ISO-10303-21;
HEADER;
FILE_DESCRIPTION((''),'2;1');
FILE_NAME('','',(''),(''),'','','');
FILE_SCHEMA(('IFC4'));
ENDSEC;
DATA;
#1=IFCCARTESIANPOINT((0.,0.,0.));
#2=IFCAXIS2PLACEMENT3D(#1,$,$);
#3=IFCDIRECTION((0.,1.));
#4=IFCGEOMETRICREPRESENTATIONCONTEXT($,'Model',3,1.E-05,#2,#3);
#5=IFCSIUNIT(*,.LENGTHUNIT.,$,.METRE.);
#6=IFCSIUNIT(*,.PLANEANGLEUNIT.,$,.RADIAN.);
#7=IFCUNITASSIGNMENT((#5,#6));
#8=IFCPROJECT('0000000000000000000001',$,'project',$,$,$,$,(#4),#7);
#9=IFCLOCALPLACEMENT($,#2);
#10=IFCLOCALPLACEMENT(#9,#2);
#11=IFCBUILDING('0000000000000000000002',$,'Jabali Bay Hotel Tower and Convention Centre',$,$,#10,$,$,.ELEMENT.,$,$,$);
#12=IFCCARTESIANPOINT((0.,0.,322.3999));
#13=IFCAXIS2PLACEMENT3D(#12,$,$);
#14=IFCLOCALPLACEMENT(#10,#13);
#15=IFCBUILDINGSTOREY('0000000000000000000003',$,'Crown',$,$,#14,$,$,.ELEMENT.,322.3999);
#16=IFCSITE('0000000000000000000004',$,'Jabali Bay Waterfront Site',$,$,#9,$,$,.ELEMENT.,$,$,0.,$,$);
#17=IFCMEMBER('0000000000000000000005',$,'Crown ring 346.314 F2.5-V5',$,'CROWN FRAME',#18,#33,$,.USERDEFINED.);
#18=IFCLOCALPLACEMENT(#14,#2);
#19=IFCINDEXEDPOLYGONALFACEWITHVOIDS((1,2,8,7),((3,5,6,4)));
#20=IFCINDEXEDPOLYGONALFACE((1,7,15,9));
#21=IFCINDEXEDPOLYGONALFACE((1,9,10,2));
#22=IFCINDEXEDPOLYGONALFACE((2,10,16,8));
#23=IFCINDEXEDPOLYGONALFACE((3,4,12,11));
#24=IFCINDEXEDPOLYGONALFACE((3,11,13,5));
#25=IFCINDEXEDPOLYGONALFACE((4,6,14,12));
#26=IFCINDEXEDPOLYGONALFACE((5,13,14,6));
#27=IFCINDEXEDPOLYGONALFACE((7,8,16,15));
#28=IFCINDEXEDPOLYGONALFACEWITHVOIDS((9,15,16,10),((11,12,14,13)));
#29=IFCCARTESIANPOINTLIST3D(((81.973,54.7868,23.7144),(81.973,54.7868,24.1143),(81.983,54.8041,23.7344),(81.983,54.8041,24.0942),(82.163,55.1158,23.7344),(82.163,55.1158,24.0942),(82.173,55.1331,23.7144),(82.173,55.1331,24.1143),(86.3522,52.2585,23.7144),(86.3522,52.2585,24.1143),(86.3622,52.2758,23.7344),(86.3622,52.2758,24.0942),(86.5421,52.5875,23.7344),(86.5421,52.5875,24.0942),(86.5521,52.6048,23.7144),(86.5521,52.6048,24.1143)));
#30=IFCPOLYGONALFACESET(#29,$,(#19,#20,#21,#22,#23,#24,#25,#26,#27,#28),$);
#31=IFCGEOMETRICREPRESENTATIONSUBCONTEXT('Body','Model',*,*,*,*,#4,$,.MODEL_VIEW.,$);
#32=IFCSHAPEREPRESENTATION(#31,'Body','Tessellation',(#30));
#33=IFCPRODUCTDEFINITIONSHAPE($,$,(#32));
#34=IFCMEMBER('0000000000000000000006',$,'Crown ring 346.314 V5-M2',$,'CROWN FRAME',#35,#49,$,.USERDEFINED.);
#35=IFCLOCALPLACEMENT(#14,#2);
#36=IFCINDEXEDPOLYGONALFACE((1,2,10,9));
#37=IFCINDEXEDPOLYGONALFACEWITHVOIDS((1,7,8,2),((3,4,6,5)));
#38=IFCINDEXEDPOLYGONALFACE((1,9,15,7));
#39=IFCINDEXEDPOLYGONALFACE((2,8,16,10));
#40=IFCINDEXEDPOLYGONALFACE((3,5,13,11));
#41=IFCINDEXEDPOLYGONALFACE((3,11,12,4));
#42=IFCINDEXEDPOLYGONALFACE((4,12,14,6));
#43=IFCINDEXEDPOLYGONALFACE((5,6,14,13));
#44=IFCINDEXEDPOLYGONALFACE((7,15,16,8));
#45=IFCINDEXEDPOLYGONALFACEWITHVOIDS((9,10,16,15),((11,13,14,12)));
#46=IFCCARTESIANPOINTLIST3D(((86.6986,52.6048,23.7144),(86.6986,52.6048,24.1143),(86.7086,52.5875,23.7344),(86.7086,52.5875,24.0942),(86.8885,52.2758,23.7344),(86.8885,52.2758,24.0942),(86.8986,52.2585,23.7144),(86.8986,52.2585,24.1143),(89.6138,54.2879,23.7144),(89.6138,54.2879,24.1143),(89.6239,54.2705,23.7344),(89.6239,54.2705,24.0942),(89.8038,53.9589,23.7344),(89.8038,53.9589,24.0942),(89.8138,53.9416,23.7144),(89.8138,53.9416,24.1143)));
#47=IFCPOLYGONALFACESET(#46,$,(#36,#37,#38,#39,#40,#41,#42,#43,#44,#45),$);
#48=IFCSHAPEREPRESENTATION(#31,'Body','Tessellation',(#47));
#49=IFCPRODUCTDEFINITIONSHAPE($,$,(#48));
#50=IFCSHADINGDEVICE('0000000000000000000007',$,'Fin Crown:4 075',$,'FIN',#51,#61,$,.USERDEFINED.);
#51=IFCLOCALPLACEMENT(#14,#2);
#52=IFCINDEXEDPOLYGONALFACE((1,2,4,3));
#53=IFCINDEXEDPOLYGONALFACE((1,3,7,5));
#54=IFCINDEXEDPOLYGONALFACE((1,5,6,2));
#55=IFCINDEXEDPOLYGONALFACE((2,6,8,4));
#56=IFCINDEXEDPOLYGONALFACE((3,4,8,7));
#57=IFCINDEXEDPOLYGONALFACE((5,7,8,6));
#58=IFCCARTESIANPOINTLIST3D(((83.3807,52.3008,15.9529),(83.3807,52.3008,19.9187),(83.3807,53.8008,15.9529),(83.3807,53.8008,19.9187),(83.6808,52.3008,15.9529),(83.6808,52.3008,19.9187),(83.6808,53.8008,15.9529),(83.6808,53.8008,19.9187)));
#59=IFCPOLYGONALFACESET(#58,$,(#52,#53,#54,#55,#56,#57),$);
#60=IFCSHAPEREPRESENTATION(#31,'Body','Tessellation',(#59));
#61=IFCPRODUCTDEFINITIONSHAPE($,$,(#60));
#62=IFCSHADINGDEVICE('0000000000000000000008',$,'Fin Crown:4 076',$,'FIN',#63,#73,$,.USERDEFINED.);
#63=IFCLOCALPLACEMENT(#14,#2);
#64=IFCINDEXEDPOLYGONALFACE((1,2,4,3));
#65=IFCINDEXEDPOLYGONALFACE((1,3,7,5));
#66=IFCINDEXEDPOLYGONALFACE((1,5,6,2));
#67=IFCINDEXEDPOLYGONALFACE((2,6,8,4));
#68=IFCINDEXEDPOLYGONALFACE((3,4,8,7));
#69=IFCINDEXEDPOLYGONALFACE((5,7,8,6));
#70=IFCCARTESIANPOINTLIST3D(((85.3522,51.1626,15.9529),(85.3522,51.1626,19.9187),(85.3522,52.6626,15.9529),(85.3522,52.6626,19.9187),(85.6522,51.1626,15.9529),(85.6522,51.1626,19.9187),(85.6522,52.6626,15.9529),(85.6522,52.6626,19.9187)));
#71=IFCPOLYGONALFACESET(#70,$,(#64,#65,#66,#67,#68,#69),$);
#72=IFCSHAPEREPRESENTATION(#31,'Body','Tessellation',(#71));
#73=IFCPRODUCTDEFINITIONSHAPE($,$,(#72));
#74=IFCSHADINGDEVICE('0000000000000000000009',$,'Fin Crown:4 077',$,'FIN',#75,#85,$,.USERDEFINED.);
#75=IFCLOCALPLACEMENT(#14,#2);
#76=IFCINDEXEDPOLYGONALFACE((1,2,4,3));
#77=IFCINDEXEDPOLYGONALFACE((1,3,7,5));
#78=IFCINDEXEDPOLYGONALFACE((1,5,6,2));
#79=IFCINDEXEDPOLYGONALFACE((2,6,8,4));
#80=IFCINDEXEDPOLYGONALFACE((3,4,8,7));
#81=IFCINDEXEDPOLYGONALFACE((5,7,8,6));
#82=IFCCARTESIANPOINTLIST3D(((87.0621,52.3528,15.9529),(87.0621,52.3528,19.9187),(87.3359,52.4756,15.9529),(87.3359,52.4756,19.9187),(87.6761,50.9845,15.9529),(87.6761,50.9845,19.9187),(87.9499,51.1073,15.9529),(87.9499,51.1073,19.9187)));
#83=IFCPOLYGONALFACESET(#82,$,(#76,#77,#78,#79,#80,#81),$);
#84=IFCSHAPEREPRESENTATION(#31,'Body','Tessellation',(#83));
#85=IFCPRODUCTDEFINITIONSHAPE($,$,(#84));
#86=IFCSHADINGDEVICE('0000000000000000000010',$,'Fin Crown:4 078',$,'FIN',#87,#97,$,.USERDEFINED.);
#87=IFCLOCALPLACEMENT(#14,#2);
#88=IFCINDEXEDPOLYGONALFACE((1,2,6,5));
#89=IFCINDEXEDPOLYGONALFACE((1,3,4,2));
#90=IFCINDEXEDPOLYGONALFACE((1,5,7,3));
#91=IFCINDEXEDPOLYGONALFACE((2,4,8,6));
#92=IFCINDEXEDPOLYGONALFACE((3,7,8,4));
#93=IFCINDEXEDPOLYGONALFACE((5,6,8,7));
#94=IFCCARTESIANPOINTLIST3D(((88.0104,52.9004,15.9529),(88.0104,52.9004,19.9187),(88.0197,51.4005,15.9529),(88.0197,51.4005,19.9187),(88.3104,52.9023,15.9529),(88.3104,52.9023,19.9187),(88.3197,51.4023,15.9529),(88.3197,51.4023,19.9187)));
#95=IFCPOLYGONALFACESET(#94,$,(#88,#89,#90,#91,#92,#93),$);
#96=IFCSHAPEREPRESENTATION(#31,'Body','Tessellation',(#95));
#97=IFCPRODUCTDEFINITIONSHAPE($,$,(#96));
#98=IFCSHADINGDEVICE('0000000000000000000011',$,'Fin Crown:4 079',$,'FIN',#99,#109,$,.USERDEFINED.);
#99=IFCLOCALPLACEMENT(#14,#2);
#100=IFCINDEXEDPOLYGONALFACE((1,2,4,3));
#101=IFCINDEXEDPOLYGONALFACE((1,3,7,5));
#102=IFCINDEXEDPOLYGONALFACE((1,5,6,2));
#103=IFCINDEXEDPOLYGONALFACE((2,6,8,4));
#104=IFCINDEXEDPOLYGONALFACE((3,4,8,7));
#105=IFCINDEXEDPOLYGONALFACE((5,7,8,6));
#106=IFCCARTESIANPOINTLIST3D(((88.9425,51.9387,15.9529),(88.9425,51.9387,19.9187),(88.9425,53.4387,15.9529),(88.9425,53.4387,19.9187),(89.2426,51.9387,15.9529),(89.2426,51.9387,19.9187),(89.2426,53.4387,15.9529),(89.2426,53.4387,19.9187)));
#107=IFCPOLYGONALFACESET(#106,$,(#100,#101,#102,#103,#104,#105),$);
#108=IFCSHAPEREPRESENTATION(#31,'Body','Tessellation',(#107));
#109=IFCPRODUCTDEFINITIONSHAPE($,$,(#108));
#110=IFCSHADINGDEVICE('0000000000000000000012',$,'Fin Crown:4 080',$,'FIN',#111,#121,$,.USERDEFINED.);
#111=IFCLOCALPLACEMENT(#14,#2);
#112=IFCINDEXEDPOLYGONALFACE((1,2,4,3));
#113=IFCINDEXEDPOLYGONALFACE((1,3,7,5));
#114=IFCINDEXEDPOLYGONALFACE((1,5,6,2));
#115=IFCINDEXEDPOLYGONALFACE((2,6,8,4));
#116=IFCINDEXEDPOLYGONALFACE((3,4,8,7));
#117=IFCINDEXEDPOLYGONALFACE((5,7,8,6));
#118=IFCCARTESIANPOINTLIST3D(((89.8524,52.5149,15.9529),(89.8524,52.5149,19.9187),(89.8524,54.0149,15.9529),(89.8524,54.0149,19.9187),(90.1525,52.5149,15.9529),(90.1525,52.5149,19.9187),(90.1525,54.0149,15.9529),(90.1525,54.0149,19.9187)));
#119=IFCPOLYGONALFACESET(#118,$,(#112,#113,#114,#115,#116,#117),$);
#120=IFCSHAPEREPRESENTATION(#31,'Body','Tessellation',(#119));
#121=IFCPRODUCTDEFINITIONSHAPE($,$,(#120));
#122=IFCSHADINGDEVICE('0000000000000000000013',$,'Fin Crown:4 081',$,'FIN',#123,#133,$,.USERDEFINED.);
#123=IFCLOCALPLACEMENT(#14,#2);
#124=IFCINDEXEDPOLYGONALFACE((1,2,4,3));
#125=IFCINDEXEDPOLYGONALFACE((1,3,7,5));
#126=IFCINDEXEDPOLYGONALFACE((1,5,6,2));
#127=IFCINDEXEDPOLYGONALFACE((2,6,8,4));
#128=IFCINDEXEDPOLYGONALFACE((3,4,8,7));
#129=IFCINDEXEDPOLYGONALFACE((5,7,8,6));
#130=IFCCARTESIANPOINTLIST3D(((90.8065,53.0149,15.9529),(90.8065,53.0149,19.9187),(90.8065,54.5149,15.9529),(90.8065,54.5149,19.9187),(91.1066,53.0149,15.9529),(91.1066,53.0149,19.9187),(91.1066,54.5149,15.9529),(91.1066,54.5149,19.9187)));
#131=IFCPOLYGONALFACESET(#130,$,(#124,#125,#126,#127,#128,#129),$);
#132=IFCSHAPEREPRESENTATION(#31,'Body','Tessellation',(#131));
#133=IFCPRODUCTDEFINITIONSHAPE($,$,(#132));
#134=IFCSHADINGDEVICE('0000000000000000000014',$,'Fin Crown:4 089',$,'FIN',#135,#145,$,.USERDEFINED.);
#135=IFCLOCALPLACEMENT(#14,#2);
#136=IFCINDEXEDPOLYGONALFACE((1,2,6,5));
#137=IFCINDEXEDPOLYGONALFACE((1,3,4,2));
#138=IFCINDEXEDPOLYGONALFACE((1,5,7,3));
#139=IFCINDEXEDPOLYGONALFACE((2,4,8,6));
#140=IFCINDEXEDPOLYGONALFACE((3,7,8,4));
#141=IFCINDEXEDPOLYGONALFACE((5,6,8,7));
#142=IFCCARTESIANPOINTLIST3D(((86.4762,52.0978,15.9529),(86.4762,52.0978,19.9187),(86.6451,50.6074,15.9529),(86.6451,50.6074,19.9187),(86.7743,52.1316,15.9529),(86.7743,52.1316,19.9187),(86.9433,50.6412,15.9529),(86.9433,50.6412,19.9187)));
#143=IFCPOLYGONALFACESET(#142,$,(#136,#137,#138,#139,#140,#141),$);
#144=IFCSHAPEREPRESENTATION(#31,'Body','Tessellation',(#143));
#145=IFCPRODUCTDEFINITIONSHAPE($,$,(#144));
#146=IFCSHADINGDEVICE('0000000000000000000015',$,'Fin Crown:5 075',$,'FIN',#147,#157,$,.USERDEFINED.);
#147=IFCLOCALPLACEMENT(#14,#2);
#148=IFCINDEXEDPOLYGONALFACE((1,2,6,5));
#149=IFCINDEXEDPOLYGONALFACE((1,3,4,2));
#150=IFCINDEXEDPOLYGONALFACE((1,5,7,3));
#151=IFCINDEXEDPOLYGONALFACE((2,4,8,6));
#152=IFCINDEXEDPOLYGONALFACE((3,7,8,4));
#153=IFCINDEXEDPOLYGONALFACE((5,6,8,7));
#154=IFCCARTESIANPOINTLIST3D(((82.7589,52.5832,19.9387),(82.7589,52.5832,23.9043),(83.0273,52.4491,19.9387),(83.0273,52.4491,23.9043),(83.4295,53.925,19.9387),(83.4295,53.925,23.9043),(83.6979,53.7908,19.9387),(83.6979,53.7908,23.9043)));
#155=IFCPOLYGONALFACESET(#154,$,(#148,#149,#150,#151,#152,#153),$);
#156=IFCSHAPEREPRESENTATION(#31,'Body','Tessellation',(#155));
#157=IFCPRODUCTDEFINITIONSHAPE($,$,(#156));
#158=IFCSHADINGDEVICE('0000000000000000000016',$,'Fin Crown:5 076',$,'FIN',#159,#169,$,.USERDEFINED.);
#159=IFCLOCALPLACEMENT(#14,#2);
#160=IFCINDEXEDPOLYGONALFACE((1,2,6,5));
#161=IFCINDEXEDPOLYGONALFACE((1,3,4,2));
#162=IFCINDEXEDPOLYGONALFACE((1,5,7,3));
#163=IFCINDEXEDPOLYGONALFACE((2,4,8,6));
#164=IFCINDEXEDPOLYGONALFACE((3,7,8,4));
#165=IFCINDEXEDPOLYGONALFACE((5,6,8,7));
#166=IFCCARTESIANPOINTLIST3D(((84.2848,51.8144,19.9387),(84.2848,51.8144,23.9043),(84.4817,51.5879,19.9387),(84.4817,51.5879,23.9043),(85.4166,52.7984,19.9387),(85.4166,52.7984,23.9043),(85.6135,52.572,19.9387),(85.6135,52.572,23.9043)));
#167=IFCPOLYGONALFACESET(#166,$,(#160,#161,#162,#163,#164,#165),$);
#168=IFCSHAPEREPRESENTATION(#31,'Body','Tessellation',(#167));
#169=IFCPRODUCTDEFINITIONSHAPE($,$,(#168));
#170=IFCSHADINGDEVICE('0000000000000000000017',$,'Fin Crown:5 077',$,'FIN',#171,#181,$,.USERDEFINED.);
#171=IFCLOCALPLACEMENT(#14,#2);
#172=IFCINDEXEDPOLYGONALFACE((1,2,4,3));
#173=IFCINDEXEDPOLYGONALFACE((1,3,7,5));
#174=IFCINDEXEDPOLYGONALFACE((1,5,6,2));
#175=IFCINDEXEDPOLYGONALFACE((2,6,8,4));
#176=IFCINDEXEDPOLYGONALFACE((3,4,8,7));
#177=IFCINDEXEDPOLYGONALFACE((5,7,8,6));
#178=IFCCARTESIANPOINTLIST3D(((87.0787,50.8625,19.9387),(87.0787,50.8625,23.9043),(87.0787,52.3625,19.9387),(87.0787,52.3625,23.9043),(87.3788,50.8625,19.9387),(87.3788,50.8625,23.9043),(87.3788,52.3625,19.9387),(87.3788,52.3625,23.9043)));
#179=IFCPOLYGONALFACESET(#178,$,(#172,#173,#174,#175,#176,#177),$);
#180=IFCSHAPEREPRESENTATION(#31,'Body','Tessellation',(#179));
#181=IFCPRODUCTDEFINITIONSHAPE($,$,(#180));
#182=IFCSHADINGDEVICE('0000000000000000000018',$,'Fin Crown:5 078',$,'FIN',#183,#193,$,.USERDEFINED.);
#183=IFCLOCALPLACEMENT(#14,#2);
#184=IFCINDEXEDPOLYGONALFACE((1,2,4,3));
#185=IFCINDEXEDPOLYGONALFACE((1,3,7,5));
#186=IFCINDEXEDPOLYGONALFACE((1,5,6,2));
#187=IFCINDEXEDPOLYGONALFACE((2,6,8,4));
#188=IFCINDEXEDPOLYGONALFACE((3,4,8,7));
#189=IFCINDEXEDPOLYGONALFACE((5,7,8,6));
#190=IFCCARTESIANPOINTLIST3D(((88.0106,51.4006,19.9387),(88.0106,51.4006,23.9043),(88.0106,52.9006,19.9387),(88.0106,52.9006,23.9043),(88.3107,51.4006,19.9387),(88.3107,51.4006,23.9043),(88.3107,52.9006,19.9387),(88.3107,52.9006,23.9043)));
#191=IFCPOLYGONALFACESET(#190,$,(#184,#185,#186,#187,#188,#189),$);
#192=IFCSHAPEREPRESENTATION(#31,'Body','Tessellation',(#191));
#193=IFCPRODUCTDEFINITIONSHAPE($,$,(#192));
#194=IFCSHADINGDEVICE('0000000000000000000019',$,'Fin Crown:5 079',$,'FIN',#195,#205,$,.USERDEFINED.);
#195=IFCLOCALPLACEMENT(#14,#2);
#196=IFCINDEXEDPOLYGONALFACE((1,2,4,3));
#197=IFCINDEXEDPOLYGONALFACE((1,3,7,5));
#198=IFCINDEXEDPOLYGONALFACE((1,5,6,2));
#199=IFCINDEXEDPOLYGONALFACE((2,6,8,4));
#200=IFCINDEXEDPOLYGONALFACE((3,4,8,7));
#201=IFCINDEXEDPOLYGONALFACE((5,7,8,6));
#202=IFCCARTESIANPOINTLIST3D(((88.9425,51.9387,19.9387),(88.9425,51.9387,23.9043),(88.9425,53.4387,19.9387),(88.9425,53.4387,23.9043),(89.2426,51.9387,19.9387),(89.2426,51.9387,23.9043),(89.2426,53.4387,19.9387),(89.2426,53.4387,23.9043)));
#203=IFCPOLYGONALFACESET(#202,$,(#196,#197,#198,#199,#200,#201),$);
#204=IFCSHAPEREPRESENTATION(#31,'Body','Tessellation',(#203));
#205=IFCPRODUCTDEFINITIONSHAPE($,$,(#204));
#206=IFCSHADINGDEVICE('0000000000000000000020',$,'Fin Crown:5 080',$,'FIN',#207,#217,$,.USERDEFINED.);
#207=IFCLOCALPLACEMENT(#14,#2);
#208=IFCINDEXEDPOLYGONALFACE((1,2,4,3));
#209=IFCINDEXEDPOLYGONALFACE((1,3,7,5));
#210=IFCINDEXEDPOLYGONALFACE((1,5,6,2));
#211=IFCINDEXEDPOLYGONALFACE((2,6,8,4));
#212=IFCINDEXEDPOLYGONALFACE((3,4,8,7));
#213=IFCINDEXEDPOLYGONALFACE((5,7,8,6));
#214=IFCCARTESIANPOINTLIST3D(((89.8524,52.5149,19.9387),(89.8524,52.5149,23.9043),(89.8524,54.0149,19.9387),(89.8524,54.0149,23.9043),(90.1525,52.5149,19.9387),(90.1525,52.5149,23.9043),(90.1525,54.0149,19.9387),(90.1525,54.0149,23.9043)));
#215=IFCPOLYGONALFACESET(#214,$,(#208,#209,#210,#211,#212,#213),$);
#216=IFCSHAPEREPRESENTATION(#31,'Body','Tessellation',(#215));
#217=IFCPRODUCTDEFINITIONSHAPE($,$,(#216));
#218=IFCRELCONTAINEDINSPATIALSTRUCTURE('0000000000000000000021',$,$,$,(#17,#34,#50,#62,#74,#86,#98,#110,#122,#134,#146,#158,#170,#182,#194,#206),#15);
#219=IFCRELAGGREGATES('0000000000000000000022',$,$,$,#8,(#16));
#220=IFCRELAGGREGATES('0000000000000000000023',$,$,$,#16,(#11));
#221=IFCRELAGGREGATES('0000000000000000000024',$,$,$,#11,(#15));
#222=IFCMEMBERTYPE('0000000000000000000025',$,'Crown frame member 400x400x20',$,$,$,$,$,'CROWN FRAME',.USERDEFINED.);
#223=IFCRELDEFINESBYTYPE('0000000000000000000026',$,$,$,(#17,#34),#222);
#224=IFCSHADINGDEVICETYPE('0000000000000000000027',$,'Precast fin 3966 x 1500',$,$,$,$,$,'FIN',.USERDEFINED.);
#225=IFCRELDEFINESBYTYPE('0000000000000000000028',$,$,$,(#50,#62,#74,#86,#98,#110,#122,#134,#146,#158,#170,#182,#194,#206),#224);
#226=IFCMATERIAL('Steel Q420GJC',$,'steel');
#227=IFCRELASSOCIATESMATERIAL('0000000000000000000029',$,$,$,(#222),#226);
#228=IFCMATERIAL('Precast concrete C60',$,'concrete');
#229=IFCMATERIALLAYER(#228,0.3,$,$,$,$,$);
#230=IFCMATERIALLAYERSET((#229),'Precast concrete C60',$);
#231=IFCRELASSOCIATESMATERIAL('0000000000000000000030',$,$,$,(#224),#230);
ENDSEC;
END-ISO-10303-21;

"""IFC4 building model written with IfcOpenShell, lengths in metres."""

from ifc_helpers import new_model, si_unit, direction, frame, frame_2d, origin, origin_2d, place, context, subcontext, project, spatial, rectangle, hollow_rectangle, extrude, material, layer, layer_set, material_profile, profile_set, type_object, element, save


model = new_model("IFC4")

# Units and contexts
model_context = context("Model", 3, precision=1e-05, world=origin(), true_north=direction((0.0, 1.0)))
body_context = subcontext(model_context, "Body", "Model", "MODEL_VIEW")
ifc_project = project(units=[si_unit("LENGTHUNIT", "METRE"), si_unit("PLANEANGLEUNIT", "RADIAN")], contexts=[model_context])

# Site, building, storey
site_placement = place(None, origin())
site = spatial("IfcSite", under=ifc_project, at=site_placement, Name="Jabali Bay Waterfront Site", CompositionType="ELEMENT", RefElevation=0.0)
building_placement = place(site_placement, origin())
building = spatial("IfcBuilding", under=site, at=building_placement, Name="Jabali Bay Hotel Tower and Convention Centre", CompositionType="ELEMENT")
storey_placement = place(building_placement, frame((0.0, 0.0, 322.3999)))
storey = spatial("IfcBuildingStorey", under=building, at=storey_placement, Name="Crown", CompositionType="ELEMENT", Elevation=322.3999)

# Members
ifc_material_1 = material(Name="Steel Q420GJC", Category="steel")
ifc_material_profile_1 = material_profile(ifc_material_1, hollow_rectangle(XDim=0.3999, YDim=0.3999, WallThickness=0.02, at=origin_2d()), Name="Crown frame member 400x400x20")
ifc_profile_set_1 = profile_set([ifc_material_profile_1], Name="Steel Q420GJC")
member_type_1 = type_object("IfcMemberType", Name="Crown frame member 400x400x20", ElementType="CROWN FRAME", PredefinedType="USERDEFINED", material=ifc_profile_set_1)
member_1_placement = place(storey_placement, frame((82.073, 54.96, 23.9143), z_axis=(0.866024, -0.500002, 0.0), x_axis=(0.500002, 0.866024, 0.0)))
element("IfcMember", 1, at=member_1_placement, inside=storey, type_object=member_type_1, Name="Crown ring 346.314 F2.5-V5", ObjectType="CROWN FRAME", PredefinedType="USERDEFINED", context=body_context, shape_type="SweptSolid", body=[
    extrude(hollow_rectangle(XDim=0.3999, YDim=0.3999, WallThickness=0.02, at=origin_2d()), origin(), (0.0, 0.0, 1.0), 5.0566),
])
member_2_placement = place(storey_placement, frame((86.7986, 52.4316, 23.9143), z_axis=(0.86603, 0.499992, 0.0), x_axis=(-0.499992, 0.86603, 0.0)))
element("IfcMember", 2, at=member_2_placement, inside=storey, type_object=member_type_1, Name="Crown ring 346.314 V5-M2", ObjectType="CROWN FRAME", PredefinedType="USERDEFINED", context=body_context, shape_type="SweptSolid", body=[
    extrude(hollow_rectangle(XDim=0.3999, YDim=0.3999, WallThickness=0.02, at=origin_2d()), origin(), (0.0, 0.0, 1.0), 3.3662),
])

# Shading devices
ifc_material_2 = material(Name="Precast concrete C60", Category="concrete")
ifc_layer = layer(ifc_material_2, 0.3)
ifc_layer_set = layer_set([ifc_layer], Name="Precast concrete C60")
shading_device_type = type_object("IfcShadingDeviceType", Name="Precast fin 3966 x 1500", ElementType="FIN", PredefinedType="USERDEFINED", material=ifc_layer_set)
for number, where, z_axis, x_axis, name in (
    (3, (83.5308, 53.8008, 15.9529), (0.0, 0.0, 1.0), (0.0, -1.0, 0.0), "Fin Crown:4 075"),
    (4, (85.5022, 52.6626, 15.9529), (0.0, 0.0, 1.0), (0.0, -1.0, 0.0), "Fin Crown:4 076"),
):
    element("IfcShadingDevice", number, at=place(storey_placement, frame(where, z_axis=z_axis, x_axis=x_axis)), inside=storey, type_object=shading_device_type, Name=name, ObjectType="FIN", PredefinedType="USERDEFINED", context=body_context, shape_type="SweptSolid", body=[
        extrude(rectangle(XDim=1.5, YDim=0.3, at=frame_2d((0.75, 0.0))), origin(), (0.0, 0.0, 1.0), 3.9658),
    ])
shading_device_1_placement = place(storey_placement, frame((87.199, 52.4143, 15.9529), z_axis=(0.0, 0.0, 1.0), x_axis=(0.409383, -0.912363, 0.0)))
element("IfcShadingDevice", 5, at=shading_device_1_placement, inside=storey, type_object=shading_device_type, Name="Fin Crown:4 077", ObjectType="FIN", PredefinedType="USERDEFINED", context=body_context, shape_type="SweptSolid", body=[
    extrude(rectangle(XDim=1.4998, YDim=0.3, at=frame_2d((0.75, 0.0))), origin(), (0.0, 0.0, 1.0), 3.9658),
])
for number, where, z_axis, x_axis, name in (
    (6, (88.1604, 52.9014, 15.9529), (0.0, 0.0, 1.0), (0.006185, -0.999981, 0.0), "Fin Crown:4 078"),
    (7, (89.0925, 53.4387, 15.9529), (0.0, 0.0, 1.0), (0.0, -1.0, 0.0), "Fin Crown:4 079"),
    (8, (90.0024, 54.0149, 15.9529), (0.0, 0.0, 1.0), (0.0, -1.0, 0.0), "Fin Crown:4 080"),
    (9, (90.9565, 54.5149, 15.9529), (0.0, 0.0, 1.0), (0.0, -1.0, 0.0), "Fin Crown:4 081"),
    (10, (86.6252, 52.1147, 15.9529), (0.0, 0.0, 1.0), (0.112628, -0.993637, 0.0), "Fin Crown:4 089"),
):
    element("IfcShadingDevice", number, at=place(storey_placement, frame(where, z_axis=z_axis, x_axis=x_axis)), inside=storey, type_object=shading_device_type, Name=name, ObjectType="FIN", PredefinedType="USERDEFINED", context=body_context, shape_type="SweptSolid", body=[
        extrude(rectangle(XDim=1.5, YDim=0.3, at=frame_2d((0.75, 0.0))), origin(), (0.0, 0.0, 1.0), 3.9658),
    ])
shading_device_2_placement = place(storey_placement, frame((83.5637, 53.8579, 19.9387), z_axis=(0.0, 0.0, 1.0), x_axis=(-0.447083, -0.894492, 0.0)))
element("IfcShadingDevice", 11, at=shading_device_2_placement, inside=storey, type_object=shading_device_type, Name="Fin Crown:5 075", ObjectType="FIN", PredefinedType="USERDEFINED", context=body_context, shape_type="SweptSolid", body=[
    extrude(rectangle(XDim=1.5, YDim=0.3, at=frame_2d((0.75, 0.0))), origin(), (0.0, 0.0, 1.0), 3.9656),
])
shading_device_3_placement = place(storey_placement, frame((85.5151, 52.6853, 19.9387), z_axis=(0.0, 0.0, 1.0), x_axis=(-0.75463, -0.656151, 0.0)))
element("IfcShadingDevice", 12, at=shading_device_3_placement, inside=storey, type_object=shading_device_type, Name="Fin Crown:5 076", ObjectType="FIN", PredefinedType="USERDEFINED", context=body_context, shape_type="SweptSolid", body=[
    extrude(rectangle(XDim=1.4998, YDim=0.3, at=frame_2d((0.75, 0.0))), origin(), (0.0, 0.0, 1.0), 3.9656),
])
for number, where, z_axis, x_axis, name in (
    (13, (87.2288, 52.3625, 19.9387), (0.0, 0.0, 1.0), (0.0, -1.0, 0.0), "Fin Crown:5 077"),
    (14, (88.1606, 52.9006, 19.9387), (0.0, 0.0, 1.0), (0.0, -1.0, 0.0), "Fin Crown:5 078"),
    (15, (89.0925, 53.4387, 19.9387), (0.0, 0.0, 1.0), (0.0, -1.0, 0.0), "Fin Crown:5 079"),
    (16, (90.0024, 54.0149, 19.9387), (0.0, 0.0, 1.0), (0.0, -1.0, 0.0), "Fin Crown:5 080"),
):
    element("IfcShadingDevice", number, at=place(storey_placement, frame(where, z_axis=z_axis, x_axis=x_axis)), inside=storey, type_object=shading_device_type, Name=name, ObjectType="FIN", PredefinedType="USERDEFINED", context=body_context, shape_type="SweptSolid", body=[
        extrude(rectangle(XDim=1.5, YDim=0.3, at=frame_2d((0.75, 0.0))), origin(), (0.0, 0.0, 1.0), 3.9656),
    ])

save(model, "model.ifc")
